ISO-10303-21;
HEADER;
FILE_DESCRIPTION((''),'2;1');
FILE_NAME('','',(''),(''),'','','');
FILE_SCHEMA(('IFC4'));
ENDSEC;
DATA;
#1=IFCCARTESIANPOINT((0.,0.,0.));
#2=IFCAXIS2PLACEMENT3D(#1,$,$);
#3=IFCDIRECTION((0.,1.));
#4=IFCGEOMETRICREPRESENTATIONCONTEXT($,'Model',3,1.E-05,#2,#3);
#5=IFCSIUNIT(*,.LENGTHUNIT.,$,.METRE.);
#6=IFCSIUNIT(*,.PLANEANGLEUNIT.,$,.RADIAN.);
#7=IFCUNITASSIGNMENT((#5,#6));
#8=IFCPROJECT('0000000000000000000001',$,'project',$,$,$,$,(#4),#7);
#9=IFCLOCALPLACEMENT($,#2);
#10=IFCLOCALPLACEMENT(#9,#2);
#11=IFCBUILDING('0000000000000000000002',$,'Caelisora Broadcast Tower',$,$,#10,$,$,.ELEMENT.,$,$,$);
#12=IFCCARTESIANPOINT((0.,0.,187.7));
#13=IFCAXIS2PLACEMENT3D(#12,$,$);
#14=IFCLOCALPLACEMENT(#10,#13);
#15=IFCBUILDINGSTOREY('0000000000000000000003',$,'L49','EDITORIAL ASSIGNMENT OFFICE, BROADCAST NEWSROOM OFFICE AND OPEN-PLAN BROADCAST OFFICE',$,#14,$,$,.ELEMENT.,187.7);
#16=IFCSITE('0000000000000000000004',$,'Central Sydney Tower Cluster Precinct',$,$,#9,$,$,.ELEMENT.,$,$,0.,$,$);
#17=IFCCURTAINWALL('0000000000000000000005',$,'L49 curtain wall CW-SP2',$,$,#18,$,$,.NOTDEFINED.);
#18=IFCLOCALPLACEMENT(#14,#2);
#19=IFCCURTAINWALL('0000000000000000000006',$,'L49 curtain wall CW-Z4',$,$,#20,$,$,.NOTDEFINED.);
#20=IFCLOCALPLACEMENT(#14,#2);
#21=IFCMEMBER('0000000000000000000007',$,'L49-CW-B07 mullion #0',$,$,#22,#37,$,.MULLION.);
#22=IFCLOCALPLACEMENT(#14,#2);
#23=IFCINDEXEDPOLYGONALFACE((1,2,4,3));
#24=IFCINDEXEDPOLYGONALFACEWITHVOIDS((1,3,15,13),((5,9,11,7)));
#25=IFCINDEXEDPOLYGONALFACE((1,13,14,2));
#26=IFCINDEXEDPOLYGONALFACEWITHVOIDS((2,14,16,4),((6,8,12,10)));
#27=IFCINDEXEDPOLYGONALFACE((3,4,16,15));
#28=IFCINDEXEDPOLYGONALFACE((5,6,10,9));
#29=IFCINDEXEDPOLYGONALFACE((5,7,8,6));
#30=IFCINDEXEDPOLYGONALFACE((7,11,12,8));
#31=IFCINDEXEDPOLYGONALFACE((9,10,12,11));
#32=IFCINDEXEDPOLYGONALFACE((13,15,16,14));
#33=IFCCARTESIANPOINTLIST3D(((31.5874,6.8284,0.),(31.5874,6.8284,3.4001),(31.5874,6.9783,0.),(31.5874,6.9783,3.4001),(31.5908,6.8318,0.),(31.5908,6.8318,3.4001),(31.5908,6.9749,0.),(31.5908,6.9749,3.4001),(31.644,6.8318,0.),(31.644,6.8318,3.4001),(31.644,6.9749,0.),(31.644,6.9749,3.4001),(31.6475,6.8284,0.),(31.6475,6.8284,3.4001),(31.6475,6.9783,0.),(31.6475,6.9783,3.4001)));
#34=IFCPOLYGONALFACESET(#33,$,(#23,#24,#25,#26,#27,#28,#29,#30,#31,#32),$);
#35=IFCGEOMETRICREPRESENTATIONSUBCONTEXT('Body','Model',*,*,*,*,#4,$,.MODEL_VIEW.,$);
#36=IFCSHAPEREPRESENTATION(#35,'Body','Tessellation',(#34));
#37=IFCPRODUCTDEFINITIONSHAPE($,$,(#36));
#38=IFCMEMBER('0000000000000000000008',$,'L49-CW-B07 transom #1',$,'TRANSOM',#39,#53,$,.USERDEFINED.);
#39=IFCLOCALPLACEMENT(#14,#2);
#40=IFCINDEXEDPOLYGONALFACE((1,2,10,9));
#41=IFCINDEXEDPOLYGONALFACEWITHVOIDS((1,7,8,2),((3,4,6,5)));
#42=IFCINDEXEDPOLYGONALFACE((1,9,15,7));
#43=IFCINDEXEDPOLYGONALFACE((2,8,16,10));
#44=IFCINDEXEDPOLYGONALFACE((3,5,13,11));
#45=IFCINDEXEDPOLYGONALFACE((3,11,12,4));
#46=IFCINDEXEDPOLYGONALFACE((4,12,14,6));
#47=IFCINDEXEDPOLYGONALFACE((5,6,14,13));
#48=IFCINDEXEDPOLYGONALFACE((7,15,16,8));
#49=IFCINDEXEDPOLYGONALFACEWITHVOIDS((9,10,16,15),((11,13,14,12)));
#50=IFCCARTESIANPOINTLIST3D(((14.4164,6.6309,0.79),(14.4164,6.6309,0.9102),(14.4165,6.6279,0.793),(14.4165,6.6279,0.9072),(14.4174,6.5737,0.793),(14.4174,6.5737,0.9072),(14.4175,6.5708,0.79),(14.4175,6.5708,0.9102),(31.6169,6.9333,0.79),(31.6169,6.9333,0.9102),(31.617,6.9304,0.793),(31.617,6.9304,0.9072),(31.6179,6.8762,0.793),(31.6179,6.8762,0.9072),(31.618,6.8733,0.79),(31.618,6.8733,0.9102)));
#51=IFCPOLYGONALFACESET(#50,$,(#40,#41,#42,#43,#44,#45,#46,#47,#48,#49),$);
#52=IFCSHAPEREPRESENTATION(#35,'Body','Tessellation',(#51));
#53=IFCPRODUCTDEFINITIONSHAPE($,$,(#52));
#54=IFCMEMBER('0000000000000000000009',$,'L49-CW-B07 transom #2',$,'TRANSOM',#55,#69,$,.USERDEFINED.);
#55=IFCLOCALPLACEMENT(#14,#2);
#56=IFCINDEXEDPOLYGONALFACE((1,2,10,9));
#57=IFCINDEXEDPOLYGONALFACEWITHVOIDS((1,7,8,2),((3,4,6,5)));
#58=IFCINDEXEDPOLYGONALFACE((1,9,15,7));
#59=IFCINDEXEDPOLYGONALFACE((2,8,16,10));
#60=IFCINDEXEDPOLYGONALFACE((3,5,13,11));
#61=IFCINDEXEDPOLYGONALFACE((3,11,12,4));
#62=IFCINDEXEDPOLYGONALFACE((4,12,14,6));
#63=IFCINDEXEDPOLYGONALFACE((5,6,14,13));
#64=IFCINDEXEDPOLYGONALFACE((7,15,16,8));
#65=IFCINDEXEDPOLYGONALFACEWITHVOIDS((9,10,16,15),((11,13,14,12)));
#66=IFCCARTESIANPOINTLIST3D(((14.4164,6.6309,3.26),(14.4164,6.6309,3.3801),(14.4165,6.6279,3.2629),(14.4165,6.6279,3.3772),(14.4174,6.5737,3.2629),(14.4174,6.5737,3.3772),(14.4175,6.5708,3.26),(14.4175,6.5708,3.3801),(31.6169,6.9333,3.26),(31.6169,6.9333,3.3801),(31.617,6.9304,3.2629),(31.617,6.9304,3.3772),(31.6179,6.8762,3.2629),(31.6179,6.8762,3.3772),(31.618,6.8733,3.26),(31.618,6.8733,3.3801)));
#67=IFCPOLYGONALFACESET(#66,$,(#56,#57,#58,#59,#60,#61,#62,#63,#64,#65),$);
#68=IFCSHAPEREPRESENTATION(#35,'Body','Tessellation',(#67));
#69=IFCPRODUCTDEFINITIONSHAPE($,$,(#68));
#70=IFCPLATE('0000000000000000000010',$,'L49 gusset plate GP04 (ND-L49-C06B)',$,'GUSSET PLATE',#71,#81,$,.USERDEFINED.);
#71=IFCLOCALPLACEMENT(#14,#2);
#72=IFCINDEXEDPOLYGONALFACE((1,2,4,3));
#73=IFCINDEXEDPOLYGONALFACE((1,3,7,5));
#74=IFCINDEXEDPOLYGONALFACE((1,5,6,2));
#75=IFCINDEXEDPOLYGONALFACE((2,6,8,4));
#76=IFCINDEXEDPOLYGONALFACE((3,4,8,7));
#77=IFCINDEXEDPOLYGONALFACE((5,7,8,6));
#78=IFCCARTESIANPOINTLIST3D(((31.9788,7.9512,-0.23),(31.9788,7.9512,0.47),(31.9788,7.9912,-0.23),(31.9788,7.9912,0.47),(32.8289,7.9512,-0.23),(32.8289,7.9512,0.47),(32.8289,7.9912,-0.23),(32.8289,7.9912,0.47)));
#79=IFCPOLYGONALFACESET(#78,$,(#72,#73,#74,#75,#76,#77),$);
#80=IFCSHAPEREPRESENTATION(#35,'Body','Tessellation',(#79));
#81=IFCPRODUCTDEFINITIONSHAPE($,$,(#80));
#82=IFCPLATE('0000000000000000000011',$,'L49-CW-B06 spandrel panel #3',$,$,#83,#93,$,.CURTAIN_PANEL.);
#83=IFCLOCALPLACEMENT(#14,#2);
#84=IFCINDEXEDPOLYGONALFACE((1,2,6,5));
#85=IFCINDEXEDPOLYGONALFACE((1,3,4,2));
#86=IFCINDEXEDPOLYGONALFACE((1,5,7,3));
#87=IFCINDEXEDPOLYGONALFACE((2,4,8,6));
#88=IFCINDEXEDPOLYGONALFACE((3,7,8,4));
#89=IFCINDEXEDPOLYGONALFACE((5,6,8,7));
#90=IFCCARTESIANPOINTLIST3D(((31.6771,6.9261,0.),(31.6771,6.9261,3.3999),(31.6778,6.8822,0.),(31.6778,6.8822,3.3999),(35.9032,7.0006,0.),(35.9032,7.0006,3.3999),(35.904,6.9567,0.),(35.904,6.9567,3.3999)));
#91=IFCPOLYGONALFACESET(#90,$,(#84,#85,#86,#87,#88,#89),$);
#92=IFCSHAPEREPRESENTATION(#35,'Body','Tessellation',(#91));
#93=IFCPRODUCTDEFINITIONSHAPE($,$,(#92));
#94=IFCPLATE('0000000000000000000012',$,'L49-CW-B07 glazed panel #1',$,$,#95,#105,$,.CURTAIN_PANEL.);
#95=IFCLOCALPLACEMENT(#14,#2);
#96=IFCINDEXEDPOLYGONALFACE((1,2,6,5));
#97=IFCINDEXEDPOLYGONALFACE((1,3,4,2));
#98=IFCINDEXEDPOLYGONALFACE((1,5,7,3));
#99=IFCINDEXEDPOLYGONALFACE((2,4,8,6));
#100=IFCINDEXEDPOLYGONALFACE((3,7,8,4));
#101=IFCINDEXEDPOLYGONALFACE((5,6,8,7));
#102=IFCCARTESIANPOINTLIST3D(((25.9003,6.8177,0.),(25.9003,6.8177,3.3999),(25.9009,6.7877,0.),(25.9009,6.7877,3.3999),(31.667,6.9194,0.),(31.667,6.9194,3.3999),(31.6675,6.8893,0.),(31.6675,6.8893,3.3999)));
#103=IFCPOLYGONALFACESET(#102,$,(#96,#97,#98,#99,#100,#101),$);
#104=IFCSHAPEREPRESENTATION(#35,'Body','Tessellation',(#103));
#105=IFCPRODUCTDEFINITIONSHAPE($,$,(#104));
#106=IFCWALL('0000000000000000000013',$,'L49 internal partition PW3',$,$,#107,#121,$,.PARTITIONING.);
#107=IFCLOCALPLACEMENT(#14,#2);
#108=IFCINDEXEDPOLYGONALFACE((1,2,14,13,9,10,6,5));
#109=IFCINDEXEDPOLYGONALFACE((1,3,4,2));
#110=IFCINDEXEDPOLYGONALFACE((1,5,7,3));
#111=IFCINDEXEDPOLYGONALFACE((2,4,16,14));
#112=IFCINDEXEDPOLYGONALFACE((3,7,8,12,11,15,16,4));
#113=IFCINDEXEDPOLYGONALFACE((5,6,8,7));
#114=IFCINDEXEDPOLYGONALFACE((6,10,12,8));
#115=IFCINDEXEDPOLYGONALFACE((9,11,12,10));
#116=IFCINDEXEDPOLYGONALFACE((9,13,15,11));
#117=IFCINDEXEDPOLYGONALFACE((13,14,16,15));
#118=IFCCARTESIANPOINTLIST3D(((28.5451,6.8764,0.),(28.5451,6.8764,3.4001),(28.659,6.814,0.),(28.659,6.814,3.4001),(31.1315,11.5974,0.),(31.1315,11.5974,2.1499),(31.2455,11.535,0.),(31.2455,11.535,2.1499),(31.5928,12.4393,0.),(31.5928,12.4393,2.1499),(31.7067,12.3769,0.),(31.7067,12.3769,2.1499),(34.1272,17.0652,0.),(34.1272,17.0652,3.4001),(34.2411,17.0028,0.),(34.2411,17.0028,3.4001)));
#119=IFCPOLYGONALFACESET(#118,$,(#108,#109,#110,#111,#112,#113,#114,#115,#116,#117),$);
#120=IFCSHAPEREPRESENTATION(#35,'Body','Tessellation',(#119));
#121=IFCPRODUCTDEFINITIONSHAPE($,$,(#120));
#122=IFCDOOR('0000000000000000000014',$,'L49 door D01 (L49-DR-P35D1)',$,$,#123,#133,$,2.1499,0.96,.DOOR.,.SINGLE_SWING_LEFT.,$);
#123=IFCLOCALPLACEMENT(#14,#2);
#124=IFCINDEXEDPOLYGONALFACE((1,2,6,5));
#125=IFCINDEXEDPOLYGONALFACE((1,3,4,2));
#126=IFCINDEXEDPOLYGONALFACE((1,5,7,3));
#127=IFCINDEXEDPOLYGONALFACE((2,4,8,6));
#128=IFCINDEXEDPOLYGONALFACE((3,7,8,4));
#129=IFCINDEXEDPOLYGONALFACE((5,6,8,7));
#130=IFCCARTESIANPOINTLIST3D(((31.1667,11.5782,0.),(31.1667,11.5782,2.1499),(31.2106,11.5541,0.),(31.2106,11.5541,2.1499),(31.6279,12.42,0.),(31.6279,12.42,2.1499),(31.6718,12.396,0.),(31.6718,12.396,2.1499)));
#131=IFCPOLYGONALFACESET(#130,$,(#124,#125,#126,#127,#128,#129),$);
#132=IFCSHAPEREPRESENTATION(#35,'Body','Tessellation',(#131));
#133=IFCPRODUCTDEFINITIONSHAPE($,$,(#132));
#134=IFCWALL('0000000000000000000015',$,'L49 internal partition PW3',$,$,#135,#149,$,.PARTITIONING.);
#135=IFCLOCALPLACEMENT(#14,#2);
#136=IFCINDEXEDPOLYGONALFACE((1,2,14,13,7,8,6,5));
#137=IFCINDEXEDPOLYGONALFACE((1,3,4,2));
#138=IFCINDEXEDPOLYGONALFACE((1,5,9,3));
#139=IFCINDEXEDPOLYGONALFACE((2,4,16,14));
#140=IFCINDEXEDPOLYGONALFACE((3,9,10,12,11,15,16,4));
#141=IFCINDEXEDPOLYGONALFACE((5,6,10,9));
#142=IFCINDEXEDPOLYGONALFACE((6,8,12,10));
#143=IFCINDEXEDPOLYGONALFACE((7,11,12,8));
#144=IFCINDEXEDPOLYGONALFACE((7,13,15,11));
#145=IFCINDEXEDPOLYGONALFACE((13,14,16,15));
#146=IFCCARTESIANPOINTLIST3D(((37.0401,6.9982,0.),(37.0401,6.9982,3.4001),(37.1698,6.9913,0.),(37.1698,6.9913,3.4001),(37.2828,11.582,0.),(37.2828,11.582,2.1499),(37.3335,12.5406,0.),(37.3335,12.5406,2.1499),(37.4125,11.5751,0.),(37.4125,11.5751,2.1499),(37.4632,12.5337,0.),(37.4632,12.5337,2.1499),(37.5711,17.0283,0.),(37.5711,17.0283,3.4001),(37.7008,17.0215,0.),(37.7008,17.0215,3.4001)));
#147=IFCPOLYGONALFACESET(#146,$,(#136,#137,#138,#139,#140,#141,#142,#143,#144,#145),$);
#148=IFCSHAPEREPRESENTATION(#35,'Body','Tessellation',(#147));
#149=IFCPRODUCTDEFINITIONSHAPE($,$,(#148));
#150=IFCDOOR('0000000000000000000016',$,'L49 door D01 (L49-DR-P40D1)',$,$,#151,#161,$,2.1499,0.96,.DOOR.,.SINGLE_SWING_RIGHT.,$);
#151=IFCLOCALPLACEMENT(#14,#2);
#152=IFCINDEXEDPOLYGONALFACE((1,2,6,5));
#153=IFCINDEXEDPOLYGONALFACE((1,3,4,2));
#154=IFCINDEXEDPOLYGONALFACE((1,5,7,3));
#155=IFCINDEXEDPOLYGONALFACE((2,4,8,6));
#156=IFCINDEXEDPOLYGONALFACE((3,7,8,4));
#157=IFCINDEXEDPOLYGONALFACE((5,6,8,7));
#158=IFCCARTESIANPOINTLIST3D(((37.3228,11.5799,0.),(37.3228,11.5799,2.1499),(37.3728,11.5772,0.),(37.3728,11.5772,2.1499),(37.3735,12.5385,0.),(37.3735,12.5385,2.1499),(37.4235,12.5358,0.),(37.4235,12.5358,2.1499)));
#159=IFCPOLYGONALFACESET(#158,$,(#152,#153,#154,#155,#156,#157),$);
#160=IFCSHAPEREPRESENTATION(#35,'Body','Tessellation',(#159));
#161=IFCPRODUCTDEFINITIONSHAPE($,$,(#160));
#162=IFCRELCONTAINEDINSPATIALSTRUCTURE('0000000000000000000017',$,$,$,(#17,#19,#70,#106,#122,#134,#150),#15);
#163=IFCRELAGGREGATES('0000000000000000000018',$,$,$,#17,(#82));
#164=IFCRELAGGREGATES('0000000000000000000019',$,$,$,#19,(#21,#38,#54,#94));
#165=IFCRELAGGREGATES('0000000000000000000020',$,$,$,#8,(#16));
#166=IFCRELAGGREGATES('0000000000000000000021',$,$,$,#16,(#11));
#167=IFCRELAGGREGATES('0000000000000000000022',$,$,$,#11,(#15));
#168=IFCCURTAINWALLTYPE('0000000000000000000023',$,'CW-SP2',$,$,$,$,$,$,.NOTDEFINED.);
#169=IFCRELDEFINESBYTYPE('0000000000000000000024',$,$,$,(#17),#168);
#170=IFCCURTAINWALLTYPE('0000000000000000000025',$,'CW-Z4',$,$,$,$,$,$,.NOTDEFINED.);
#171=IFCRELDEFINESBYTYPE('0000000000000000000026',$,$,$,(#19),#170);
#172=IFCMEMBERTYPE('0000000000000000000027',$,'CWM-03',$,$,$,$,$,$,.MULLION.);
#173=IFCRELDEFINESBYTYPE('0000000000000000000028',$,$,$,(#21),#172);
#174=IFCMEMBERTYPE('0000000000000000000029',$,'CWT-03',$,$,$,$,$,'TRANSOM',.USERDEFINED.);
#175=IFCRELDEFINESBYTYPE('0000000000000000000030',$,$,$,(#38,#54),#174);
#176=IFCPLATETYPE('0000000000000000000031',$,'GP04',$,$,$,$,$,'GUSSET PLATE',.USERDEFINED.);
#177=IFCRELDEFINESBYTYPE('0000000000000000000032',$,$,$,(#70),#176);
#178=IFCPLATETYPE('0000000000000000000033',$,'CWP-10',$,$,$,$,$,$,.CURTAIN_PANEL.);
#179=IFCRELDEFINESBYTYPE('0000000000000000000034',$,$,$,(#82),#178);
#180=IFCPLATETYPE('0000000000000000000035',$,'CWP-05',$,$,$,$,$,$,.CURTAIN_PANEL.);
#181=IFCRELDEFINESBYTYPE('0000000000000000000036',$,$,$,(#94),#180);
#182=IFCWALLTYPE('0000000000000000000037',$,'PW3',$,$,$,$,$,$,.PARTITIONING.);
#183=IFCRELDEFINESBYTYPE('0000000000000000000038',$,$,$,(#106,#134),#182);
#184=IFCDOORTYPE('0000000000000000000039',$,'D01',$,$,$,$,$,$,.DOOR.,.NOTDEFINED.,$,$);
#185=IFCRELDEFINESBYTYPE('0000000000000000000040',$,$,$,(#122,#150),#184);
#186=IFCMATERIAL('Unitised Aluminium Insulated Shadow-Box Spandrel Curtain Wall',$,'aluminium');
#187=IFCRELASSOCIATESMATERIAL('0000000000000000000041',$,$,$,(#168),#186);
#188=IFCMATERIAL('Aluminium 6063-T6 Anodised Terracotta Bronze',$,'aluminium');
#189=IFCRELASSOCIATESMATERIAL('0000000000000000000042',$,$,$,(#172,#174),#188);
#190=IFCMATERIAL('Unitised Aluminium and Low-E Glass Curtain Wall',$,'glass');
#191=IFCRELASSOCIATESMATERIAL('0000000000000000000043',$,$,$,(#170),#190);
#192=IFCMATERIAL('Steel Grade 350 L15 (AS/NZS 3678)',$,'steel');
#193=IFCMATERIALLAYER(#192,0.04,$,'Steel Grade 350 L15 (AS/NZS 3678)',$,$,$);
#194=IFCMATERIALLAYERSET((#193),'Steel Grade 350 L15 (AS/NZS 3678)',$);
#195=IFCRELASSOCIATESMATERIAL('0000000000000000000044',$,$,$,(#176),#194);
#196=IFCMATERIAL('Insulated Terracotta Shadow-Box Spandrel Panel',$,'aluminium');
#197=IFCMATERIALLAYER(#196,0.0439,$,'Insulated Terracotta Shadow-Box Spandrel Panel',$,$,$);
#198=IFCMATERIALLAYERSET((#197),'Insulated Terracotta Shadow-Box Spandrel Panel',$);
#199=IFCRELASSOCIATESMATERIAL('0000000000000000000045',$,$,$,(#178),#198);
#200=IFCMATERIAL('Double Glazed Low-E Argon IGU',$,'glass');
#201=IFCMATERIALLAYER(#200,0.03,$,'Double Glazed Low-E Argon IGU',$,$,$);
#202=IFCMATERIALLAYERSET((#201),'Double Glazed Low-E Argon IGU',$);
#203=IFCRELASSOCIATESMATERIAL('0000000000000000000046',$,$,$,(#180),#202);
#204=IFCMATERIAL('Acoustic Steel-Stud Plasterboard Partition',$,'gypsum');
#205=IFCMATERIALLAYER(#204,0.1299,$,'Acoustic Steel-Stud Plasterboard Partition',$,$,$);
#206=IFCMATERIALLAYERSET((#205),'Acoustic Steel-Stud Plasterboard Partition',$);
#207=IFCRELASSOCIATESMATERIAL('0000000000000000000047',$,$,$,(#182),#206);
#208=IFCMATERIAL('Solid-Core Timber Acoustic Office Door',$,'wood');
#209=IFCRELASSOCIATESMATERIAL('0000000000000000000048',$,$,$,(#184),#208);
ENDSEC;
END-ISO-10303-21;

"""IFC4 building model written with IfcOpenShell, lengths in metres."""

from ifc_helpers import new_model, si_unit, direction, frame, frame_2d, origin, origin_2d, place, context, subcontext, project, spatial, rectangle, hollow_rectangle, extrude, source, transform, mapped, material, layer, layer_set, material_profile, profile_set, type_object, type_shapes, element, fill, aggregate, save


model = new_model("IFC4")

# Units and contexts
model_context = context("Model", 3, precision=1e-05, world=origin(), true_north=direction((0.0, 1.0)))
body_context = subcontext(model_context, "Body", "Model", "MODEL_VIEW")
ifc_project = project(units=[si_unit("LENGTHUNIT", "METRE"), si_unit("PLANEANGLEUNIT", "RADIAN")], contexts=[model_context])

# Site, building, storey
site_placement = place(None, origin())
site = spatial("IfcSite", under=ifc_project, at=site_placement, Name="Central Sydney Tower Cluster Precinct", CompositionType="ELEMENT", RefElevation=0.0)
building_placement = place(site_placement, origin())
building = spatial("IfcBuilding", under=site, at=building_placement, Name="Caelisora Broadcast Tower", CompositionType="ELEMENT")
storey_placement = place(building_placement, frame((0.0, 0.0, 187.7)))
storey = spatial("IfcBuildingStorey", under=building, at=storey_placement, Name="L49", Description="EDITORIAL ASSIGNMENT OFFICE, BROADCAST NEWSROOM OFFICE AND OPEN-PLAN BROADCAST OFFICE", CompositionType="ELEMENT", Elevation=187.7)

# Shared definitions
ifc_material_1 = material(Name="Steel Grade 350 L15 (AS/NZS 3678)", Category="steel")

# Curtain walls, members
ifc_material_2 = material(Name="Unitised Aluminium Insulated Shadow-Box Spandrel Curtain Wall", Category="aluminium")
curtain_wall_type_1 = type_object("IfcCurtainWallType", Name="CW-SP2", PredefinedType="NOTDEFINED", material=ifc_material_2)
curtain_wall_1_placement = place(storey_placement, origin())
curtain_wall_1 = element("IfcCurtainWall", 1, at=curtain_wall_1_placement, inside=storey, type_object=curtain_wall_type_1, Name="L49 curtain wall CW-SP2", PredefinedType="NOTDEFINED")
ifc_material_3 = material(Name="Aluminium 6063-T6 Anodised Terracotta Bronze", Category="aluminium")
ifc_material_profile_1 = material_profile(ifc_material_3, hollow_rectangle(XDim=0.0601, YDim=0.1499, WallThickness=0.0034, at=origin_2d()), Name="Aluminium 6063-T6 Anodised Terracotta Bronze")
ifc_profile_set_1 = profile_set([ifc_material_profile_1], Name="Aluminium 6063-T6 Anodised Terracotta Bronze")
member_type_1 = type_object("IfcMemberType", Name="CWM-03", PredefinedType="MULLION", material=ifc_profile_set_1)
shared_shape_1 = source(origin(), body_context, "Body", "SweptSolid", [
    extrude(hollow_rectangle(XDim=0.0601, YDim=0.1499, WallThickness=0.0034, at=origin_2d()), origin(), (0.0, 0.0, 1.0), 3.4001),
])
type_shapes(member_type_1, [shared_shape_1])
ifc_material_4 = material(Name="Unitised Aluminium and Low-E Glass Curtain Wall", Category="glass")
curtain_wall_type_2 = type_object("IfcCurtainWallType", Name="CW-Z4", PredefinedType="NOTDEFINED", material=ifc_material_4)
curtain_wall_2_placement = place(storey_placement, origin())
curtain_wall_2 = element("IfcCurtainWall", 2, at=curtain_wall_2_placement, inside=storey, type_object=curtain_wall_type_2, Name="L49 curtain wall CW-Z4", PredefinedType="NOTDEFINED")
member_1_placement = place(storey_placement, frame((31.6174, 6.9033, 0.0), z_axis=(0.0, 0.0, 1.0), x_axis=(1.0, 0.0, 0.0)))
member_1 = element("IfcMember", 3, at=member_1_placement, type_object=member_type_1, Name="L49-CW-B07 mullion #0", PredefinedType="MULLION", context=body_context, shape_type="MappedRepresentation", body=[
    mapped(shared_shape_1, transform((0.0, 0.0, 0.0), scale=1.0)),
])
ifc_material_profile_2 = material_profile(ifc_material_3, hollow_rectangle(XDim=0.0601, YDim=0.1201, WallThickness=0.0029, at=origin_2d()), Name="Aluminium 6063-T6 Anodised Terracotta Bronze")
ifc_profile_set_2 = profile_set([ifc_material_profile_2], Name="Aluminium 6063-T6 Anodised Terracotta Bronze")
member_type_2 = type_object("IfcMemberType", Name="CWT-03", ElementType="TRANSOM", PredefinedType="USERDEFINED", material=ifc_profile_set_2)
shared_shape_2 = source(origin(), body_context, "Body", "SweptSolid", [
    extrude(hollow_rectangle(XDim=0.0601, YDim=0.1201, WallThickness=0.0029, at=origin_2d()), origin(), (0.0, 0.0, 1.0), 17.2031),
])
type_shapes(member_type_2, [shared_shape_2])
member_2_placement = place(storey_placement, frame((31.6174, 6.9033, 0.8501), z_axis=(-0.999845, -0.017583, 0.0), x_axis=(0.017583, -0.999845, 0.0)))
member_2 = element("IfcMember", 4, at=member_2_placement, type_object=member_type_2, Name="L49-CW-B07 transom #1", ObjectType="TRANSOM", PredefinedType="USERDEFINED", context=body_context, shape_type="MappedRepresentation", body=[
    mapped(shared_shape_2, transform((0.0, 0.0, 0.0), scale=1.0)),
])
member_3_placement = place(storey_placement, frame((31.6174, 6.9033, 3.3201), z_axis=(-0.999845, -0.017583, 0.0), x_axis=(0.017583, -0.999845, 0.0)))
member_3 = element("IfcMember", 5, at=member_3_placement, type_object=member_type_2, Name="L49-CW-B07 transom #2", ObjectType="TRANSOM", PredefinedType="USERDEFINED", context=body_context, shape_type="MappedRepresentation", body=[
    mapped(shared_shape_2, transform((0.0, 0.0, 0.0), scale=1.0)),
])

# Plates
ifc_layer_1 = layer(ifc_material_1, 0.04, Name="Steel Grade 350 L15 (AS/NZS 3678)")
ifc_layer_set_1 = layer_set([ifc_layer_1], Name="Steel Grade 350 L15 (AS/NZS 3678)")
plate_type_1 = type_object("IfcPlateType", Name="GP04", ElementType="GUSSET PLATE", PredefinedType="USERDEFINED", material=ifc_layer_set_1)
shared_shape_3 = source(origin(), body_context, "Body", "SweptSolid", [
    extrude(rectangle(XDim=0.8501, YDim=0.04, at=origin_2d()), origin(), (0.0, 0.0, 1.0), 0.7),
])
type_shapes(plate_type_1, [shared_shape_3])
plate_1_placement = place(storey_placement, frame((32.4038, 7.9712, -0.23), z_axis=(0.0, 0.0, 1.0), x_axis=(1.0, 0.0, 0.0)))
element("IfcPlate", 6, at=plate_1_placement, inside=storey, type_object=plate_type_1, Name="L49 gusset plate GP04 (ND-L49-C06B)", ObjectType="GUSSET PLATE", PredefinedType="USERDEFINED", context=body_context, shape_type="MappedRepresentation", body=[
    mapped(shared_shape_3, transform((0.0, 0.0, 0.0), scale=1.0)),
])
ifc_material_5 = material(Name="Insulated Terracotta Shadow-Box Spandrel Panel", Category="aluminium")
ifc_layer_2 = layer(ifc_material_5, 0.0439, Name="Insulated Terracotta Shadow-Box Spandrel Panel")
ifc_layer_set_2 = layer_set([ifc_layer_2], Name="Insulated Terracotta Shadow-Box Spandrel Panel")
plate_type_2 = type_object("IfcPlateType", Name="CWP-10", PredefinedType="CURTAIN_PANEL", material=ifc_layer_set_2)
shared_shape_4 = source(origin(), body_context, "Body", "SweptSolid", [
    extrude(rectangle(XDim=4.2268, YDim=0.0439, at=origin_2d()), origin(), (0.0, 0.0, 1.0), 3.3999),
])
type_shapes(plate_type_2, [shared_shape_4])
plate_2_placement = place(storey_placement, frame((33.7905, 6.9414, 0.0), z_axis=(0.0, 0.0, 1.0), x_axis=(-0.999845, -0.017627, 0.0)))
plate_2 = element("IfcPlate", 7, at=plate_2_placement, type_object=plate_type_2, Name="L49-CW-B06 spandrel panel #3", PredefinedType="CURTAIN_PANEL", context=body_context, shape_type="MappedRepresentation", body=[
    mapped(shared_shape_4, transform((0.0, 0.0, 0.0), scale=1.0)),
])
aggregate(curtain_wall_1, [plate_2])
ifc_material_6 = material(Name="Double Glazed Low-E Argon IGU", Category="glass")
ifc_layer_3 = layer(ifc_material_6, 0.03, Name="Double Glazed Low-E Argon IGU")
ifc_layer_set_3 = layer_set([ifc_layer_3], Name="Double Glazed Low-E Argon IGU")
plate_type_3 = type_object("IfcPlateType", Name="CWP-05", PredefinedType="CURTAIN_PANEL", material=ifc_layer_set_3)
shared_shape_5 = source(origin(), body_context, "Body", "SweptSolid", [
    extrude(rectangle(XDim=5.7676, YDim=0.03, at=origin_2d()), origin(), (0.0, 0.0, 1.0), 3.3999),
])
type_shapes(plate_type_3, [shared_shape_5])
plate_3_placement = place(storey_placement, frame((28.7839, 6.8535, 0.0), z_axis=(0.0, 0.0, 1.0), x_axis=(-0.999845, -0.017627, 0.0)))
plate_3 = element("IfcPlate", 8, at=plate_3_placement, type_object=plate_type_3, Name="L49-CW-B07 glazed panel #1", PredefinedType="CURTAIN_PANEL", context=body_context, shape_type="MappedRepresentation", body=[
    mapped(shared_shape_5, transform((0.0, 0.0, 0.0), scale=1.0)),
])
aggregate(curtain_wall_2, [member_1, member_2, member_3, plate_3])

# Walls, openings, doors
ifc_material_7 = material(Name="Acoustic Steel-Stud Plasterboard Partition", Category="gypsum")
ifc_layer_4 = layer(ifc_material_7, 0.1299, Name="Acoustic Steel-Stud Plasterboard Partition")
ifc_layer_set_4 = layer_set([ifc_layer_4], Name="Acoustic Steel-Stud Plasterboard Partition")
wall_type = type_object("IfcWallType", Name="PW3", PredefinedType="PARTITIONING", material=ifc_layer_set_4)
wall_1_placement = place(storey_placement, frame((28.6021, 6.8452, 0.0), z_axis=(0.0, 0.0, 1.0), x_axis=(0.48048, 0.877006, 0.0)))
wall_1 = element("IfcWall", 9, at=wall_1_placement, inside=storey, type_object=wall_type, Name="L49 internal partition PW3", PredefinedType="PARTITIONING", context=body_context, shape_type="SweptSolid", body=[
    extrude(rectangle(XDim=11.6177, YDim=0.1299, at=frame_2d((5.8088, 0.0))), origin(), (0.0, 0.0, 1.0), 3.4001),
])
opening_1_placement = place(wall_1_placement, frame((5.3831, 0.0, 0.0)))
opening_1 = element("IfcOpeningElement", 10, at=opening_1_placement, cuts=wall_1, PredefinedType="OPENING", context=body_context, shape_type="SweptSolid", body=[
    extrude(rectangle(XDim=0.96, YDim=2.1499, at=frame_2d((0.48, 1.075))), frame((0.0, 0.0769, 0.0), z_axis=(0.0, -1.0, 0.0), x_axis=(1.0, 0.0, 0.0)), (0.0, 0.0, 1.0), 0.1538),
])
ifc_material_8 = material(Name="Solid-Core Timber Acoustic Office Door", Category="wood")
door_type = type_object("IfcDoorType", Name="D01", OperationType="NOTDEFINED", PredefinedType="DOOR", material=ifc_material_8)
door_1_placement = place(opening_1_placement, origin())
door_1 = element("IfcDoor", 11, at=door_1_placement, inside=storey, type_object=door_type, Name="L49 door D01 (L49-DR-P35D1)", OperationType="SINGLE_SWING_LEFT", OverallHeight=2.1499, OverallWidth=0.96, PredefinedType="DOOR", context=body_context, shape_type="SweptSolid", body=[
    extrude(rectangle(XDim=0.96, YDim=2.1499, at=frame_2d((0.48, 1.075))), frame((0.0, 0.0249, 0.0), z_axis=(0.0, -1.0, 0.0), x_axis=(1.0, 0.0, 0.0)), (0.0, 0.0, 1.0), 0.05),
])
fill(opening_1, door_1)
wall_2_placement = place(storey_placement, frame((37.105, 6.9949, 0.0), z_axis=(0.0, 0.0, 1.0), x_axis=(0.052868, 0.998602, 0.0)))
wall_2 = element("IfcWall", 12, at=wall_2_placement, inside=storey, type_object=wall_type, Name="L49 internal partition PW3", PredefinedType="PARTITIONING", context=body_context, shape_type="SweptSolid", body=[
    extrude(rectangle(XDim=10.0442, YDim=0.1299, at=frame_2d((5.022, 0.0))), origin(), (0.0, 0.0, 1.0), 3.4001),
])
opening_2_placement = place(wall_2_placement, frame((4.5901, 0.0, 0.0)))
opening_2 = element("IfcOpeningElement", 13, at=opening_2_placement, cuts=wall_2, PredefinedType="OPENING", context=body_context, shape_type="SweptSolid", body=[
    extrude(rectangle(XDim=0.96, YDim=2.1499, at=frame_2d((0.48, 1.075))), frame((0.0, 0.0769, 0.0), z_axis=(0.0, -1.0, 0.0), x_axis=(1.0, 0.0, 0.0)), (0.0, 0.0, 1.0), 0.1538),
])
door_2_placement = place(opening_2_placement, origin())
door_2 = element("IfcDoor", 14, at=door_2_placement, inside=storey, type_object=door_type, Name="L49 door D01 (L49-DR-P40D1)", OperationType="SINGLE_SWING_RIGHT", OverallHeight=2.1499, OverallWidth=0.96, PredefinedType="DOOR", context=body_context, shape_type="SweptSolid", body=[
    extrude(rectangle(XDim=0.96, YDim=2.1499, at=frame_2d((0.48, 1.075))), frame((0.0, 0.0249, 0.0), z_axis=(0.0, -1.0, 0.0), x_axis=(1.0, 0.0, 0.0)), (0.0, 0.0, 1.0), 0.05),
])
fill(opening_2, door_2)

save(model, "model.ifc")
